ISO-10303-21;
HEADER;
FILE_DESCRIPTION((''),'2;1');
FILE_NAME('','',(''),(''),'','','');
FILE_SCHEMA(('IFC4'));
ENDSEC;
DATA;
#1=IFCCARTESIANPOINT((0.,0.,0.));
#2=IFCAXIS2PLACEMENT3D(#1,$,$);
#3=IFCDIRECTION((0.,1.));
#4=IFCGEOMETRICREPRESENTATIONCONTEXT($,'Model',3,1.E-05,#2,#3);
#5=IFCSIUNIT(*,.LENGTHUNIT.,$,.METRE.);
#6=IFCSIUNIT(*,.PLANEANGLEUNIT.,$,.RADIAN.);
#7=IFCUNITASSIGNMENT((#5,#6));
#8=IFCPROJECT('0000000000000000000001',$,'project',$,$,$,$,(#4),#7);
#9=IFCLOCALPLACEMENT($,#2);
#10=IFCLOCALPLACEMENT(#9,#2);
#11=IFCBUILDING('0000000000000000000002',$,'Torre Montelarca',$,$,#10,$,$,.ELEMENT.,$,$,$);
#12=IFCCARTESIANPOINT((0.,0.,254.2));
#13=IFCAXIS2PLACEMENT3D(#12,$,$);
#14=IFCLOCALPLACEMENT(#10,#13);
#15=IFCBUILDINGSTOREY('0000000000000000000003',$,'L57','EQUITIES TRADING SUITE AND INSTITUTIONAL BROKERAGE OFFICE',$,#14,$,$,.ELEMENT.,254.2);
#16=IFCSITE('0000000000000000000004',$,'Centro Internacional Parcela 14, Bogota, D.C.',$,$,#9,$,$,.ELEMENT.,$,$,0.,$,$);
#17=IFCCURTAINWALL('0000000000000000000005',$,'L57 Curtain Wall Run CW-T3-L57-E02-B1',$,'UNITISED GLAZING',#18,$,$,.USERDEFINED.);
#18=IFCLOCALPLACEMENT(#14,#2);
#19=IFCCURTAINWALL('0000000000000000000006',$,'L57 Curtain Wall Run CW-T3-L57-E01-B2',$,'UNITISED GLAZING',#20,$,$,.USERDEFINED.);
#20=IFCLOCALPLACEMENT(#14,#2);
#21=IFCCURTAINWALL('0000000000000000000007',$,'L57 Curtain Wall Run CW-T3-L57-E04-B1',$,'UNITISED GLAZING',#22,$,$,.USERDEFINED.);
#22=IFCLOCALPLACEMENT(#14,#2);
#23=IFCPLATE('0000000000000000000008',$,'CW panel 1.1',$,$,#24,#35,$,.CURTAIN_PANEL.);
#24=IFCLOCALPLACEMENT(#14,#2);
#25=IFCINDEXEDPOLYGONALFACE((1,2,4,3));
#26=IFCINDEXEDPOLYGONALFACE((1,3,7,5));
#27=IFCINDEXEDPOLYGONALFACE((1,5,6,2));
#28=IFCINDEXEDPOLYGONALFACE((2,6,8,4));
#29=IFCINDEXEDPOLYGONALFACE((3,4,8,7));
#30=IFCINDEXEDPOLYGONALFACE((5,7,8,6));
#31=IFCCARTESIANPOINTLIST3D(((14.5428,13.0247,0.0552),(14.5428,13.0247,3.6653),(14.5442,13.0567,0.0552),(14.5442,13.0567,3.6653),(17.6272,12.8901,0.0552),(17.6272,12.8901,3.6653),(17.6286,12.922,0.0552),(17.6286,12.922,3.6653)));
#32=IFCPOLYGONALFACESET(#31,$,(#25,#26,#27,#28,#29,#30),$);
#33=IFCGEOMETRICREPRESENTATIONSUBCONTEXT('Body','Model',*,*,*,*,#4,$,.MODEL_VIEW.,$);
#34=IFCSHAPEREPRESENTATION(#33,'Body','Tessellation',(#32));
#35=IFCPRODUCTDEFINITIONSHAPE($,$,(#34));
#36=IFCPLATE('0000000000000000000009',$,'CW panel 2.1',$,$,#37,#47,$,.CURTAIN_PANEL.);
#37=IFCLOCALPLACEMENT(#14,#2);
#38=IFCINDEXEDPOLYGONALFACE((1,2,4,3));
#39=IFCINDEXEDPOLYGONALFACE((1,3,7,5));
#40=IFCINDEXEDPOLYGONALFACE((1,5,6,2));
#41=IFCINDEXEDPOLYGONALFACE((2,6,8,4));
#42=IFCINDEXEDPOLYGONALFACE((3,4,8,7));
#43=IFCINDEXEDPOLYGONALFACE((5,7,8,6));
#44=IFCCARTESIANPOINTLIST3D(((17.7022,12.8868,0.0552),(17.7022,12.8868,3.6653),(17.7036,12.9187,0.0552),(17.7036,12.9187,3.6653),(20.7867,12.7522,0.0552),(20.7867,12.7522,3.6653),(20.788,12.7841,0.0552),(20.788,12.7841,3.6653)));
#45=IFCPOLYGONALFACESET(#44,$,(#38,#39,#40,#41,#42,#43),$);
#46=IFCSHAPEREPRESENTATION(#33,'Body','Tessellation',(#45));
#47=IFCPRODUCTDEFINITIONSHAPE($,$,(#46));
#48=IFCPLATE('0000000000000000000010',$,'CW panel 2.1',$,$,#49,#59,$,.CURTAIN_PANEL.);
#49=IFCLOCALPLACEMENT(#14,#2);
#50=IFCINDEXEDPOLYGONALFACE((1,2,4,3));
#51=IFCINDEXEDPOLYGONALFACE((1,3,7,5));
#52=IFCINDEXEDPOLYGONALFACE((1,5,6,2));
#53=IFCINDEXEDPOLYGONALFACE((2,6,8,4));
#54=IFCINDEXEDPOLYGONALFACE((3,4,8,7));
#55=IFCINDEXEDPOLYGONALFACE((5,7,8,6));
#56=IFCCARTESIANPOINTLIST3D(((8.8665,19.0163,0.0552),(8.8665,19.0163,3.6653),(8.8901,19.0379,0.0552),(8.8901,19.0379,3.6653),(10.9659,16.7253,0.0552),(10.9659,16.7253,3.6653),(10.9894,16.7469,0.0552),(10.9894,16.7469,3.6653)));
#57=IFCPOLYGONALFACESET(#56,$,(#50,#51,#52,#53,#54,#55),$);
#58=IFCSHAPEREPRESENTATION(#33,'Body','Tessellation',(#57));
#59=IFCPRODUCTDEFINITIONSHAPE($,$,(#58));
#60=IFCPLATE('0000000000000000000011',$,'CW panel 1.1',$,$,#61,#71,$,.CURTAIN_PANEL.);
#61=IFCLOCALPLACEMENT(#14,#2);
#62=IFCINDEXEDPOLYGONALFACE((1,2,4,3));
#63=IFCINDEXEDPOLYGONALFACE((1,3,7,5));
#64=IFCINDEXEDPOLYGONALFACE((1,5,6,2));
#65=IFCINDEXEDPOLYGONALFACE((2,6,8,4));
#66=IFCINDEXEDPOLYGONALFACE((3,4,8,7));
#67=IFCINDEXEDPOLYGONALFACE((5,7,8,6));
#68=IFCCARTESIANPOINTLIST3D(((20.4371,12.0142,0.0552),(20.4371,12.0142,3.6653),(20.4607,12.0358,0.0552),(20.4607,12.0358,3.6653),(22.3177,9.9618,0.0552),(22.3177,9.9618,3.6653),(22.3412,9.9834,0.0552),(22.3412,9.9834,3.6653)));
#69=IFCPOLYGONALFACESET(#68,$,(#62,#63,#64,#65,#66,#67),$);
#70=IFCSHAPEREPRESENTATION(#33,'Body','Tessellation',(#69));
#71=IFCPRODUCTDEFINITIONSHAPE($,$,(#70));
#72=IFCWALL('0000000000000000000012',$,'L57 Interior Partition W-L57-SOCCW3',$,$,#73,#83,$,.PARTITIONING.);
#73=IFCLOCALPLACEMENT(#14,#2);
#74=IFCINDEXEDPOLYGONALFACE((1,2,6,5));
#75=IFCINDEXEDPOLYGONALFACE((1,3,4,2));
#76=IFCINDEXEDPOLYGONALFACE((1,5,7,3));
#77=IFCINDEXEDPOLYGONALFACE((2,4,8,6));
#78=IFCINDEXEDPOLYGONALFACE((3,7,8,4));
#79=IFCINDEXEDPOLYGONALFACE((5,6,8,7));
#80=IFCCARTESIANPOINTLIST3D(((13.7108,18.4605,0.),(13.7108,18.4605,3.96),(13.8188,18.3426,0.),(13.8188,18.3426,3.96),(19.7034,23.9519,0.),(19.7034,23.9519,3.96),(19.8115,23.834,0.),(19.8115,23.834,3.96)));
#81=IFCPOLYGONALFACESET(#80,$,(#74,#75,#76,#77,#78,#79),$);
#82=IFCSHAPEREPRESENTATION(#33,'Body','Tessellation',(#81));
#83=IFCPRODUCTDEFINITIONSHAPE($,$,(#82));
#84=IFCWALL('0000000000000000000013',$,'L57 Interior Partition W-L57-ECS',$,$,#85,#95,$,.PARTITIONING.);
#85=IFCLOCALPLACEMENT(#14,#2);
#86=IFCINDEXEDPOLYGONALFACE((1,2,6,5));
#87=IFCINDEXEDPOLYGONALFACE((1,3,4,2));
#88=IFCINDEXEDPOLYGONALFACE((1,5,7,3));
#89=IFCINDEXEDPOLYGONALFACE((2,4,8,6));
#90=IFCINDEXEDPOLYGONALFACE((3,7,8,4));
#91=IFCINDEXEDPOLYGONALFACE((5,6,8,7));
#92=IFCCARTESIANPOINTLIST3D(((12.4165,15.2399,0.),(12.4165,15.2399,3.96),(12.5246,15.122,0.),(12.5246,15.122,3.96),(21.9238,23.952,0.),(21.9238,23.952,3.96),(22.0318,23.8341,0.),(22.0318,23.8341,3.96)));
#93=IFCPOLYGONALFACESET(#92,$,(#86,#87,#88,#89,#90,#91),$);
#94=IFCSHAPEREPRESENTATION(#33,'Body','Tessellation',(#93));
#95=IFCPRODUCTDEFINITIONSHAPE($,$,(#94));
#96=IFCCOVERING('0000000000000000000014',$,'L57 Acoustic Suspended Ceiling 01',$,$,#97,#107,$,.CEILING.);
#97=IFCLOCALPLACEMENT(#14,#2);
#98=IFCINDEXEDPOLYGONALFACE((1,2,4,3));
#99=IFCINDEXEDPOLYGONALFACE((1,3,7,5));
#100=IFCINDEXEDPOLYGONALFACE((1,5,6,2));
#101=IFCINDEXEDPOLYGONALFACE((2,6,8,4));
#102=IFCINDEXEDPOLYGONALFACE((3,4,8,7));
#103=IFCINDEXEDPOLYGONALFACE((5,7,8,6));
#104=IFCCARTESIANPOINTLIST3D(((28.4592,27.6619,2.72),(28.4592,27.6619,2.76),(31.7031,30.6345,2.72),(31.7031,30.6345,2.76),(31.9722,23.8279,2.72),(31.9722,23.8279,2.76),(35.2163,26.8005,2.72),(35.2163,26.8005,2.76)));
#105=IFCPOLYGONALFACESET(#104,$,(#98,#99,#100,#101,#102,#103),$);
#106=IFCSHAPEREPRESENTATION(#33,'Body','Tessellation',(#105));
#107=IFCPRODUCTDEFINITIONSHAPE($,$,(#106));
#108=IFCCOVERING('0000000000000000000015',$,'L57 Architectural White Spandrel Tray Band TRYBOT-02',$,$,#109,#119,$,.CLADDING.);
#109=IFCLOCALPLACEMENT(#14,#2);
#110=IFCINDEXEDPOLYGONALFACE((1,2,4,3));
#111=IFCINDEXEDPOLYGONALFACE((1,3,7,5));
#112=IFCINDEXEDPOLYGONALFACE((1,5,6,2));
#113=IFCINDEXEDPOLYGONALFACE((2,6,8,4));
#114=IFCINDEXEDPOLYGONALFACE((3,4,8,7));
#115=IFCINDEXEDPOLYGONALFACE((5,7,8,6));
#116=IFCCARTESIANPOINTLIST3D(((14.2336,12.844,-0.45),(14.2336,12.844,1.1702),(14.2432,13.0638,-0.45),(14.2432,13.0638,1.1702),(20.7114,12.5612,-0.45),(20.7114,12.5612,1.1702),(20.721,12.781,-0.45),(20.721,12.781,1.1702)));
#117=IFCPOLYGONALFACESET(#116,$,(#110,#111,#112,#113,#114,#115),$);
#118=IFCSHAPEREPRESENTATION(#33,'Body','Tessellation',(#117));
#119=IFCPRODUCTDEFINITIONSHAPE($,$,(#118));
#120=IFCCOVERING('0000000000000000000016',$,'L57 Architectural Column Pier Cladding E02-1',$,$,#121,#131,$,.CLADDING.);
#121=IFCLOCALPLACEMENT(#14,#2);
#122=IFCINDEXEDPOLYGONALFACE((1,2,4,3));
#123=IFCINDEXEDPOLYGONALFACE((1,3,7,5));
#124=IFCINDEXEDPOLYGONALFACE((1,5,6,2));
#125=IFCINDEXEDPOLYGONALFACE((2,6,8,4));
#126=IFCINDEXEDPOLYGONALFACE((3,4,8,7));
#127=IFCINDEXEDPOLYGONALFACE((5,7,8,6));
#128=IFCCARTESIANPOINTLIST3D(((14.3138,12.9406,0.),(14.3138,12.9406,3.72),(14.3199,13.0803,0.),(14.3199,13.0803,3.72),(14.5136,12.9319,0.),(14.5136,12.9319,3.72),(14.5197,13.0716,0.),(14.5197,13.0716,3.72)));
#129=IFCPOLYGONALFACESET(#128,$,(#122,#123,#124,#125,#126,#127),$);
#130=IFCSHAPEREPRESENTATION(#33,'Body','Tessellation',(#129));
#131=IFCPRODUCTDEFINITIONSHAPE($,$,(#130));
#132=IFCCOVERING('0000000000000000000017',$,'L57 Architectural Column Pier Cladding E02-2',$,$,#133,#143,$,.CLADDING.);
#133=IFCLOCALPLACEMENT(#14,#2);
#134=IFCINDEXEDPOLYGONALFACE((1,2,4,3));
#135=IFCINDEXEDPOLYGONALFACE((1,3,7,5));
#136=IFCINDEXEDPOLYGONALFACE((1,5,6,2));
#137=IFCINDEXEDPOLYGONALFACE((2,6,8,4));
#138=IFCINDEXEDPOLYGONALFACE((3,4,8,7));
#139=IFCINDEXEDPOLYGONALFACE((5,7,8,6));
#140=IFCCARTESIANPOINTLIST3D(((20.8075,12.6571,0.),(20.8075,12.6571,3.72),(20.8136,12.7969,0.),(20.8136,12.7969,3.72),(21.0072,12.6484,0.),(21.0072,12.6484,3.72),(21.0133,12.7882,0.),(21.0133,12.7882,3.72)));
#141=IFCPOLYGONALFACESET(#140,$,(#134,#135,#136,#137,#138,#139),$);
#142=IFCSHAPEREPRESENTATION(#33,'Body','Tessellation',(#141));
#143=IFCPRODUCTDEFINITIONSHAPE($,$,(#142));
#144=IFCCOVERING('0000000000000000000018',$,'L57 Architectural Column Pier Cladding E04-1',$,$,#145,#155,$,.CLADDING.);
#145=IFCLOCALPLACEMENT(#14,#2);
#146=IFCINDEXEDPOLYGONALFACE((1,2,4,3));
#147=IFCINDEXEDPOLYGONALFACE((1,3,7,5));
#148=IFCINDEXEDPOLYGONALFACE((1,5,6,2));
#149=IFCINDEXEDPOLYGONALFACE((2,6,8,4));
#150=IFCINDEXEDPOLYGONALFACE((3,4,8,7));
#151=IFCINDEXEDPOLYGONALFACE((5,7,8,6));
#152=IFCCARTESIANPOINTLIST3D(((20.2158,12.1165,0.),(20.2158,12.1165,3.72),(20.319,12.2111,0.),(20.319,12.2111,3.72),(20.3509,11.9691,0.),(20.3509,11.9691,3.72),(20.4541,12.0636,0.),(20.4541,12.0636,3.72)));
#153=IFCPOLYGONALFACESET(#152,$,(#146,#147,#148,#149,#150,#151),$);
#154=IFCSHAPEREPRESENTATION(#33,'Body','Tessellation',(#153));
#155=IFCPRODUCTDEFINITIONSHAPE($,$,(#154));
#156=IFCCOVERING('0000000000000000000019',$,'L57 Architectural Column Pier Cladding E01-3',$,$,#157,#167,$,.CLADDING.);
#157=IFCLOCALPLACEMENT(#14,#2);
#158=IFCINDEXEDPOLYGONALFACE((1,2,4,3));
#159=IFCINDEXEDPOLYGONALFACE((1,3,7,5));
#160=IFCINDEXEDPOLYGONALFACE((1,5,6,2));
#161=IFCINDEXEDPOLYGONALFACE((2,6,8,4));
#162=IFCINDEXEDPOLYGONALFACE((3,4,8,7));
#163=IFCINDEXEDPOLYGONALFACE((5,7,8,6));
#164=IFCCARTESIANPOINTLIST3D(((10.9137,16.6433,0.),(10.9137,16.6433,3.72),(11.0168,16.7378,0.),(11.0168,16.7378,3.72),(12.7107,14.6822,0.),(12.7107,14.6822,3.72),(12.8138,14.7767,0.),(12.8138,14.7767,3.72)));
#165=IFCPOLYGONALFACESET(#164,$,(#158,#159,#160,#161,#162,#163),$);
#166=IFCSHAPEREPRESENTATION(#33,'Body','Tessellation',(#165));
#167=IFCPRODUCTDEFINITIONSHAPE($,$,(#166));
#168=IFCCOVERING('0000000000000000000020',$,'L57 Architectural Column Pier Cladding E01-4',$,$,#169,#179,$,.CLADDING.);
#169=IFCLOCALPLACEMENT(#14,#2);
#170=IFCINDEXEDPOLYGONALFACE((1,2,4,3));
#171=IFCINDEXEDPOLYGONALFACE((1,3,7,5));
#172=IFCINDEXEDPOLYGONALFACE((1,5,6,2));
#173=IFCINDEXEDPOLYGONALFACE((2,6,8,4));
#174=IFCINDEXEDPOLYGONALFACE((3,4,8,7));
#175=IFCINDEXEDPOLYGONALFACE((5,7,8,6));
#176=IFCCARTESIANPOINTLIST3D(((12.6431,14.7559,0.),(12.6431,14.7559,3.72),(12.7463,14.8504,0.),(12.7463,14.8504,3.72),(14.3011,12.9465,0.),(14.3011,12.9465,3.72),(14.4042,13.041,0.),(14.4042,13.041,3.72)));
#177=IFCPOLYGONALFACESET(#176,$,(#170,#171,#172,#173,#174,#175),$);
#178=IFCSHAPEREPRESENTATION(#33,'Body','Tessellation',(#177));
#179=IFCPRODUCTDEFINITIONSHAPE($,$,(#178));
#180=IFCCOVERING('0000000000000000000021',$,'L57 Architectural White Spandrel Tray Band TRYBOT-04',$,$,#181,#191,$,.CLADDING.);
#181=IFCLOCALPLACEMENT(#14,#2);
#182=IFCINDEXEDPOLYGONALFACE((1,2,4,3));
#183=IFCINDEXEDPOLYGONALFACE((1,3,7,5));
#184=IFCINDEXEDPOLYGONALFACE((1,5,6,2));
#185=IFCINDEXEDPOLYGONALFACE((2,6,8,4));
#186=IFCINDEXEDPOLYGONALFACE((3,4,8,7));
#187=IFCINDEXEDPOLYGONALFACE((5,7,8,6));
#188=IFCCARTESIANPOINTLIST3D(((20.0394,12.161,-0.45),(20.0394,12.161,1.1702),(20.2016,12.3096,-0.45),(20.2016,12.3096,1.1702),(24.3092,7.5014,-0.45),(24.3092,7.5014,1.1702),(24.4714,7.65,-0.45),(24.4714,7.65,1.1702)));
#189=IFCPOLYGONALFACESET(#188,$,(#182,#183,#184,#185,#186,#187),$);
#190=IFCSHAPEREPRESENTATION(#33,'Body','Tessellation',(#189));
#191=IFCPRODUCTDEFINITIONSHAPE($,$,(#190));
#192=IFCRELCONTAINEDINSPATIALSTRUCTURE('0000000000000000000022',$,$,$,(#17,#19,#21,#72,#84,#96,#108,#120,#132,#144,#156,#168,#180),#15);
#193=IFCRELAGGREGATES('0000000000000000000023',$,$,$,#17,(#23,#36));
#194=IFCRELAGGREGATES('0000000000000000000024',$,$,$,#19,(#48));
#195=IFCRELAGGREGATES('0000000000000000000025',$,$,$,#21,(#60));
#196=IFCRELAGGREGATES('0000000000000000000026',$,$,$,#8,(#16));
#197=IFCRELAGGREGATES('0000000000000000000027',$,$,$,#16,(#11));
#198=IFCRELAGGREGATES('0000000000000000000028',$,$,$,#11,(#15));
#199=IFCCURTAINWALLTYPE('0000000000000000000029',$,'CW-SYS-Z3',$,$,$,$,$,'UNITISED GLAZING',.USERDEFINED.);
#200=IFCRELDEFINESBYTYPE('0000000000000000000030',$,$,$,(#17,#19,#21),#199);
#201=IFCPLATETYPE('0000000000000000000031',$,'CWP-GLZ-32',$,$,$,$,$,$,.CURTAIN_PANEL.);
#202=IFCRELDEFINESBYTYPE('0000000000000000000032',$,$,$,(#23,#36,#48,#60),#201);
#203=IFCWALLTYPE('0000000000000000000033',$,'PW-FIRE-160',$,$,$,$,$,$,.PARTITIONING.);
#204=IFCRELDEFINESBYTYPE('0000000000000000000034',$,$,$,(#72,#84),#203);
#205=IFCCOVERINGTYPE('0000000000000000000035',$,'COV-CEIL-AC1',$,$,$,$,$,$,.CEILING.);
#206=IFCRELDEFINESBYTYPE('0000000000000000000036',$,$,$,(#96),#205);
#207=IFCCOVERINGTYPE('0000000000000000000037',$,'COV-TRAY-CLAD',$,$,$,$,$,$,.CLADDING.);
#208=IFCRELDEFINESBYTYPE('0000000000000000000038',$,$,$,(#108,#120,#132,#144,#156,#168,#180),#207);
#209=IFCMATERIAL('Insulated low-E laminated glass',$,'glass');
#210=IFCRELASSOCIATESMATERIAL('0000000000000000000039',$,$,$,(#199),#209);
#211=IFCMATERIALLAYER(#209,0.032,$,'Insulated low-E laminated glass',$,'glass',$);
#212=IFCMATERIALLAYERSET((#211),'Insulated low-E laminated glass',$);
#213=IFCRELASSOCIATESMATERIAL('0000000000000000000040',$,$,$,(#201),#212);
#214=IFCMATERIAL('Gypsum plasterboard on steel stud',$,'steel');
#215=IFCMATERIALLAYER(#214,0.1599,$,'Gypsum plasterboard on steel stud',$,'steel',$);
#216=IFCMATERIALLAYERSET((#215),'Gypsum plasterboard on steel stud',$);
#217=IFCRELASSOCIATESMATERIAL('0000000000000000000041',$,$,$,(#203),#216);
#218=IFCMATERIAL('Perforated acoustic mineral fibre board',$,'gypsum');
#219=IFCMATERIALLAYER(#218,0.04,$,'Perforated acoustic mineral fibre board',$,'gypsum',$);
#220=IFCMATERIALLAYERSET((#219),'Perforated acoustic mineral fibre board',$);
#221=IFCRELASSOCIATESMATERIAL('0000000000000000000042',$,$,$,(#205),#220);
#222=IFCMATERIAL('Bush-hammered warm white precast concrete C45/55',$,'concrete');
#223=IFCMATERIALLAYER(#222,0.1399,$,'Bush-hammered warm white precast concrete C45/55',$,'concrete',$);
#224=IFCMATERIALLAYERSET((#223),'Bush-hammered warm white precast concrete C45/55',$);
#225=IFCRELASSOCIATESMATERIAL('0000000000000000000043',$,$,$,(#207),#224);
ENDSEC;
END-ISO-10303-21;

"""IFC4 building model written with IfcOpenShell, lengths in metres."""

from ifc_helpers import new_model, si_unit, direction, frame, frame_2d, origin, origin_2d, place, context, subcontext, project, spatial, polyline, rectangle, outline, extrude, source, transform, mapped, material, layer, layer_set, type_object, element, aggregate, save


model = new_model("IFC4")

# Units and contexts
model_context = context("Model", 3, precision=1e-05, world=origin(), true_north=direction((0.0, 1.0)))
body_context = subcontext(model_context, "Body", "Model", "MODEL_VIEW")
ifc_project = project(units=[si_unit("LENGTHUNIT", "METRE"), si_unit("PLANEANGLEUNIT", "RADIAN")], contexts=[model_context])

# Site, building, storey
site_placement = place(None, origin())
site = spatial("IfcSite", under=ifc_project, at=site_placement, Name="Centro Internacional Parcela 14, Bogota, D.C.", CompositionType="ELEMENT", RefElevation=0.0)
building_placement = place(site_placement, origin())
building = spatial("IfcBuilding", under=site, at=building_placement, Name="Torre Montelarca", CompositionType="ELEMENT")
storey_placement = place(building_placement, frame((0.0, 0.0, 254.2)))
storey = spatial("IfcBuildingStorey", under=building, at=storey_placement, Name="L57", Description="EQUITIES TRADING SUITE AND INSTITUTIONAL BROKERAGE OFFICE", CompositionType="ELEMENT", Elevation=254.2)

# Curtain wall
ifc_material_1 = material(Name="Insulated low-E laminated glass", Category="glass")
curtain_wall_type = type_object("IfcCurtainWallType", Name="CW-SYS-Z3", ElementType="UNITISED GLAZING", PredefinedType="USERDEFINED", material=ifc_material_1)
curtain_wall_1_placement = place(storey_placement, origin())
curtain_wall_1 = element("IfcCurtainWall", 1, at=curtain_wall_1_placement, inside=storey, type_object=curtain_wall_type, Name="L57 Curtain Wall Run CW-T3-L57-E02-B1", ObjectType="UNITISED GLAZING", PredefinedType="USERDEFINED")

# Curtain wall
curtain_wall_2_placement = place(storey_placement, origin())
curtain_wall_2 = element("IfcCurtainWall", 2, at=curtain_wall_2_placement, inside=storey, type_object=curtain_wall_type, Name="L57 Curtain Wall Run CW-T3-L57-E01-B2", ObjectType="UNITISED GLAZING", PredefinedType="USERDEFINED")

# Curtain wall
curtain_wall_3_placement = place(storey_placement, origin())
curtain_wall_3 = element("IfcCurtainWall", 3, at=curtain_wall_3_placement, inside=storey, type_object=curtain_wall_type, Name="L57 Curtain Wall Run CW-T3-L57-E04-B1", ObjectType="UNITISED GLAZING", PredefinedType="USERDEFINED")

# Plates
ifc_layer_1 = layer(ifc_material_1, 0.032, Name="Insulated low-E laminated glass", Category="glass")
ifc_layer_set_1 = layer_set([ifc_layer_1], Name="Insulated low-E laminated glass")
plate_type = type_object("IfcPlateType", Name="CWP-GLZ-32", PredefinedType="CURTAIN_PANEL", material=ifc_layer_set_1)
shared_shape_1 = source(origin(), body_context, "Body", "SweptSolid", [
    extrude(rectangle(XDim=3.0874, YDim=0.032, at=origin_2d()), origin(), (0.0, 0.0, 1.0), 3.6101),
])
plate_1_placement = place(storey_placement, frame((16.0857, 12.9734, 0.0552), z_axis=(0.0, 0.0, 1.0), x_axis=(0.999049, -0.04361, 0.0)))
plate_1 = element("IfcPlate", 4, at=plate_1_placement, type_object=plate_type, Name="CW panel 1.1", PredefinedType="CURTAIN_PANEL", context=body_context, shape_type="MappedRepresentation", body=[
    mapped(shared_shape_1, transform((0.0, 0.0, 0.0), scale=1.0)),
])
plate_2_placement = place(storey_placement, frame((19.2451, 12.8354, 0.0552), z_axis=(0.0, 0.0, 1.0), x_axis=(0.999049, -0.04361, 0.0)))
plate_2 = element("IfcPlate", 5, at=plate_2_placement, type_object=plate_type, Name="CW panel 2.1", PredefinedType="CURTAIN_PANEL", context=body_context, shape_type="MappedRepresentation", body=[
    mapped(shared_shape_1, transform((0.0, 0.0, 0.0), scale=1.0)),
])
aggregate(curtain_wall_1, [plate_1, plate_2])
shared_shape_2 = source(origin(), body_context, "Body", "SweptSolid", [
    extrude(rectangle(XDim=3.1074, YDim=0.032, at=origin_2d()), origin(), (0.0, 0.0, 1.0), 3.6101),
])
plate_3_placement = place(storey_placement, frame((9.928, 17.8816, 0.0552), z_axis=(0.0, 0.0, 1.0), x_axis=(0.675588, -0.73728, 0.0)))
plate_3 = element("IfcPlate", 6, at=plate_3_placement, type_object=plate_type, Name="CW panel 2.1", PredefinedType="CURTAIN_PANEL", context=body_context, shape_type="MappedRepresentation", body=[
    mapped(shared_shape_2, transform((0.0, 0.0, 0.0), scale=1.0)),
])
aggregate(curtain_wall_2, [plate_3])
shared_shape_3 = source(origin(), body_context, "Body", "SweptSolid", [
    extrude(rectangle(XDim=2.7837, YDim=0.032, at=origin_2d()), origin(), (0.0, 0.0, 1.0), 3.6101),
])
plate_4_placement = place(storey_placement, frame((21.3892, 10.9988, 0.0552), z_axis=(0.0, 0.0, 1.0), x_axis=(0.675573, -0.737293, 0.0)))
plate_4 = element("IfcPlate", 7, at=plate_4_placement, type_object=plate_type, Name="CW panel 1.1", PredefinedType="CURTAIN_PANEL", context=body_context, shape_type="MappedRepresentation", body=[
    mapped(shared_shape_3, transform((0.0, 0.0, 0.0), scale=1.0)),
])
aggregate(curtain_wall_3, [plate_4])

# Walls
ifc_material_2 = material(Name="Gypsum plasterboard on steel stud", Category="steel")
ifc_layer_2 = layer(ifc_material_2, 0.1599, Name="Gypsum plasterboard on steel stud", Category="steel")
ifc_layer_set_2 = layer_set([ifc_layer_2], Name="Gypsum plasterboard on steel stud")
wall_type = type_object("IfcWallType", Name="PW-FIRE-160", PredefinedType="PARTITIONING", material=ifc_layer_set_2)
wall_1_placement = place(storey_placement, frame((13.7649, 18.4016, 0.0), z_axis=(0.0, 0.0, 1.0), x_axis=(0.737266, 0.675602, 0.0)))
element("IfcWall", 8, at=wall_1_placement, inside=storey, type_object=wall_type, Name="L57 Interior Partition W-L57-SOCCW3", PredefinedType="PARTITIONING", context=body_context, shape_type="SweptSolid", body=[
    extrude(rectangle(XDim=8.1282, YDim=0.1599, at=frame_2d((4.064, 0.0))), origin(), (0.0, 0.0, 1.0), 3.96),
])
wall_2_placement = place(storey_placement, frame((12.4705, 15.1809, 0.0), z_axis=(0.0, 0.0, 1.0), x_axis=(0.737266, 0.675603, 0.0)))
element("IfcWall", 9, at=wall_2_placement, inside=storey, type_object=wall_type, Name="L57 Interior Partition W-L57-ECS", PredefinedType="PARTITIONING", context=body_context, shape_type="SweptSolid", body=[
    extrude(rectangle(XDim=12.8953, YDim=0.1599, at=frame_2d((6.4478, 0.0))), origin(), (0.0, 0.0, 1.0), 3.96),
])

# Coverings
ifc_material_3 = material(Name="Perforated acoustic mineral fibre board", Category="gypsum")
ifc_layer_3 = layer(ifc_material_3, 0.04, Name="Perforated acoustic mineral fibre board", Category="gypsum")
ifc_layer_set_3 = layer_set([ifc_layer_3], Name="Perforated acoustic mineral fibre board")
covering_type_1 = type_object("IfcCoveringType", Name="COV-CEIL-AC1", PredefinedType="CEILING", material=ifc_layer_set_3)
covering_1_placement = place(storey_placement, frame((0.0, 0.0, 2.72)))
element("IfcCovering", 10, at=covering_1_placement, inside=storey, type_object=covering_type_1, Name="L57 Acoustic Suspended Ceiling 01", PredefinedType="CEILING", context=body_context, shape_type="SweptSolid", body=[
    extrude(outline(polyline([(28.4592, 27.6619), (31.9722, 23.8279), (35.2163, 26.8005), (31.7031, 30.6345), (28.4592, 27.6619)])), origin(), (0.0, 0.0, 1.0), 0.04),
])
ifc_material_4 = material(Name="Bush-hammered warm white precast concrete C45/55", Category="concrete")
ifc_layer_4 = layer(ifc_material_4, 0.1399, Name="Bush-hammered warm white precast concrete C45/55", Category="concrete")
ifc_layer_set_4 = layer_set([ifc_layer_4], Name="Bush-hammered warm white precast concrete C45/55")
covering_type_2 = type_object("IfcCoveringType", Name="COV-TRAY-CLAD", PredefinedType="CLADDING", material=ifc_layer_set_4)
shared_shape_4 = source(origin(), body_context, "Body", "SweptSolid", [
    extrude(rectangle(XDim=6.4839, YDim=0.22, at=origin_2d()), origin(), (0.0, 0.0, 1.0), 1.6201),
])
covering_2_placement = place(storey_placement, frame((17.4773, 12.8125, -0.45), z_axis=(0.0, 0.0, 1.0), x_axis=(0.999048, -0.043621, 0.0)))
element("IfcCovering", 11, at=covering_2_placement, inside=storey, type_object=covering_type_2, Name="L57 Architectural White Spandrel Tray Band TRYBOT-02", PredefinedType="CLADDING", context=body_context, shape_type="MappedRepresentation", body=[
    mapped(shared_shape_4, transform((0.0, 0.0, 0.0), scale=1.0)),
])
shared_shape_5 = source(origin(), body_context, "Body", "SweptSolid", [
    extrude(rectangle(XDim=0.2, YDim=0.1399, at=origin_2d()), origin(), (0.0, 0.0, 1.0), 3.72),
])
for number, where, z_axis, x_axis, name in (
    (12, (14.4167, 13.0061, 0.0), (0.0, 0.0, 1.0), (0.999048, -0.043621, 0.0), "L57 Architectural Column Pier Cladding E02-1"),
    (13, (20.9104, 12.7227, 0.0), (0.0, 0.0, 1.0), (0.999048, -0.043621, 0.0), "L57 Architectural Column Pier Cladding E02-2"),
    (14, (20.335, 12.0901, 0.0), (0.0, 0.0, 1.0), (0.675585, -0.737282, 0.0), "L57 Architectural Column Pier Cladding E04-1"),
):
    element("IfcCovering", number, at=place(storey_placement, frame(where, z_axis=z_axis, x_axis=x_axis)), inside=storey, type_object=covering_type_2, Name=name, PredefinedType="CLADDING", context=body_context, shape_type="MappedRepresentation", body=[
        mapped(shared_shape_5, transform((0.0, 0.0, 0.0), scale=1.0)),
    ])
shared_shape_6 = source(origin(), body_context, "Body", "SweptSolid", [
    extrude(rectangle(XDim=2.6599, YDim=0.1399, at=origin_2d()), origin(), (0.0, 0.0, 1.0), 3.72),
])
covering_3_placement = place(storey_placement, frame((11.8638, 15.71, 0.0), z_axis=(0.0, 0.0, 1.0), x_axis=(0.67559, -0.737277, 0.0)))
element("IfcCovering", 15, at=covering_3_placement, inside=storey, type_object=covering_type_2, Name="L57 Architectural Column Pier Cladding E01-3", PredefinedType="CLADDING", context=body_context, shape_type="MappedRepresentation", body=[
    mapped(shared_shape_6, transform((0.0, 0.0, 0.0), scale=1.0)),
])
shared_shape_7 = source(origin(), body_context, "Body", "SweptSolid", [
    extrude(rectangle(XDim=2.4541, YDim=0.1399, at=origin_2d()), origin(), (0.0, 0.0, 1.0), 3.72),
])
covering_4_placement = place(storey_placement, frame((13.5237, 13.8984, 0.0), z_axis=(0.0, 0.0, 1.0), x_axis=(0.67559, -0.737277, 0.0)))
element("IfcCovering", 16, at=covering_4_placement, inside=storey, type_object=covering_type_2, Name="L57 Architectural Column Pier Cladding E01-4", PredefinedType="CLADDING", context=body_context, shape_type="MappedRepresentation", body=[
    mapped(shared_shape_7, transform((0.0, 0.0, 0.0), scale=1.0)),
])
shared_shape_8 = source(origin(), body_context, "Body", "SweptSolid", [
    extrude(rectangle(XDim=6.3201, YDim=0.22, at=origin_2d()), origin(), (0.0, 0.0, 1.0), 1.6201),
])
covering_5_placement = place(storey_placement, frame((22.2554, 9.9055, -0.45), z_axis=(0.0, 0.0, 1.0), x_axis=(0.675595, -0.737273, 0.0)))
element("IfcCovering", 17, at=covering_5_placement, inside=storey, type_object=covering_type_2, Name="L57 Architectural White Spandrel Tray Band TRYBOT-04", PredefinedType="CLADDING", context=body_context, shape_type="MappedRepresentation", body=[
    mapped(shared_shape_8, transform((0.0, 0.0, 0.0), scale=1.0)),
])

save(model, "model.ifc")
